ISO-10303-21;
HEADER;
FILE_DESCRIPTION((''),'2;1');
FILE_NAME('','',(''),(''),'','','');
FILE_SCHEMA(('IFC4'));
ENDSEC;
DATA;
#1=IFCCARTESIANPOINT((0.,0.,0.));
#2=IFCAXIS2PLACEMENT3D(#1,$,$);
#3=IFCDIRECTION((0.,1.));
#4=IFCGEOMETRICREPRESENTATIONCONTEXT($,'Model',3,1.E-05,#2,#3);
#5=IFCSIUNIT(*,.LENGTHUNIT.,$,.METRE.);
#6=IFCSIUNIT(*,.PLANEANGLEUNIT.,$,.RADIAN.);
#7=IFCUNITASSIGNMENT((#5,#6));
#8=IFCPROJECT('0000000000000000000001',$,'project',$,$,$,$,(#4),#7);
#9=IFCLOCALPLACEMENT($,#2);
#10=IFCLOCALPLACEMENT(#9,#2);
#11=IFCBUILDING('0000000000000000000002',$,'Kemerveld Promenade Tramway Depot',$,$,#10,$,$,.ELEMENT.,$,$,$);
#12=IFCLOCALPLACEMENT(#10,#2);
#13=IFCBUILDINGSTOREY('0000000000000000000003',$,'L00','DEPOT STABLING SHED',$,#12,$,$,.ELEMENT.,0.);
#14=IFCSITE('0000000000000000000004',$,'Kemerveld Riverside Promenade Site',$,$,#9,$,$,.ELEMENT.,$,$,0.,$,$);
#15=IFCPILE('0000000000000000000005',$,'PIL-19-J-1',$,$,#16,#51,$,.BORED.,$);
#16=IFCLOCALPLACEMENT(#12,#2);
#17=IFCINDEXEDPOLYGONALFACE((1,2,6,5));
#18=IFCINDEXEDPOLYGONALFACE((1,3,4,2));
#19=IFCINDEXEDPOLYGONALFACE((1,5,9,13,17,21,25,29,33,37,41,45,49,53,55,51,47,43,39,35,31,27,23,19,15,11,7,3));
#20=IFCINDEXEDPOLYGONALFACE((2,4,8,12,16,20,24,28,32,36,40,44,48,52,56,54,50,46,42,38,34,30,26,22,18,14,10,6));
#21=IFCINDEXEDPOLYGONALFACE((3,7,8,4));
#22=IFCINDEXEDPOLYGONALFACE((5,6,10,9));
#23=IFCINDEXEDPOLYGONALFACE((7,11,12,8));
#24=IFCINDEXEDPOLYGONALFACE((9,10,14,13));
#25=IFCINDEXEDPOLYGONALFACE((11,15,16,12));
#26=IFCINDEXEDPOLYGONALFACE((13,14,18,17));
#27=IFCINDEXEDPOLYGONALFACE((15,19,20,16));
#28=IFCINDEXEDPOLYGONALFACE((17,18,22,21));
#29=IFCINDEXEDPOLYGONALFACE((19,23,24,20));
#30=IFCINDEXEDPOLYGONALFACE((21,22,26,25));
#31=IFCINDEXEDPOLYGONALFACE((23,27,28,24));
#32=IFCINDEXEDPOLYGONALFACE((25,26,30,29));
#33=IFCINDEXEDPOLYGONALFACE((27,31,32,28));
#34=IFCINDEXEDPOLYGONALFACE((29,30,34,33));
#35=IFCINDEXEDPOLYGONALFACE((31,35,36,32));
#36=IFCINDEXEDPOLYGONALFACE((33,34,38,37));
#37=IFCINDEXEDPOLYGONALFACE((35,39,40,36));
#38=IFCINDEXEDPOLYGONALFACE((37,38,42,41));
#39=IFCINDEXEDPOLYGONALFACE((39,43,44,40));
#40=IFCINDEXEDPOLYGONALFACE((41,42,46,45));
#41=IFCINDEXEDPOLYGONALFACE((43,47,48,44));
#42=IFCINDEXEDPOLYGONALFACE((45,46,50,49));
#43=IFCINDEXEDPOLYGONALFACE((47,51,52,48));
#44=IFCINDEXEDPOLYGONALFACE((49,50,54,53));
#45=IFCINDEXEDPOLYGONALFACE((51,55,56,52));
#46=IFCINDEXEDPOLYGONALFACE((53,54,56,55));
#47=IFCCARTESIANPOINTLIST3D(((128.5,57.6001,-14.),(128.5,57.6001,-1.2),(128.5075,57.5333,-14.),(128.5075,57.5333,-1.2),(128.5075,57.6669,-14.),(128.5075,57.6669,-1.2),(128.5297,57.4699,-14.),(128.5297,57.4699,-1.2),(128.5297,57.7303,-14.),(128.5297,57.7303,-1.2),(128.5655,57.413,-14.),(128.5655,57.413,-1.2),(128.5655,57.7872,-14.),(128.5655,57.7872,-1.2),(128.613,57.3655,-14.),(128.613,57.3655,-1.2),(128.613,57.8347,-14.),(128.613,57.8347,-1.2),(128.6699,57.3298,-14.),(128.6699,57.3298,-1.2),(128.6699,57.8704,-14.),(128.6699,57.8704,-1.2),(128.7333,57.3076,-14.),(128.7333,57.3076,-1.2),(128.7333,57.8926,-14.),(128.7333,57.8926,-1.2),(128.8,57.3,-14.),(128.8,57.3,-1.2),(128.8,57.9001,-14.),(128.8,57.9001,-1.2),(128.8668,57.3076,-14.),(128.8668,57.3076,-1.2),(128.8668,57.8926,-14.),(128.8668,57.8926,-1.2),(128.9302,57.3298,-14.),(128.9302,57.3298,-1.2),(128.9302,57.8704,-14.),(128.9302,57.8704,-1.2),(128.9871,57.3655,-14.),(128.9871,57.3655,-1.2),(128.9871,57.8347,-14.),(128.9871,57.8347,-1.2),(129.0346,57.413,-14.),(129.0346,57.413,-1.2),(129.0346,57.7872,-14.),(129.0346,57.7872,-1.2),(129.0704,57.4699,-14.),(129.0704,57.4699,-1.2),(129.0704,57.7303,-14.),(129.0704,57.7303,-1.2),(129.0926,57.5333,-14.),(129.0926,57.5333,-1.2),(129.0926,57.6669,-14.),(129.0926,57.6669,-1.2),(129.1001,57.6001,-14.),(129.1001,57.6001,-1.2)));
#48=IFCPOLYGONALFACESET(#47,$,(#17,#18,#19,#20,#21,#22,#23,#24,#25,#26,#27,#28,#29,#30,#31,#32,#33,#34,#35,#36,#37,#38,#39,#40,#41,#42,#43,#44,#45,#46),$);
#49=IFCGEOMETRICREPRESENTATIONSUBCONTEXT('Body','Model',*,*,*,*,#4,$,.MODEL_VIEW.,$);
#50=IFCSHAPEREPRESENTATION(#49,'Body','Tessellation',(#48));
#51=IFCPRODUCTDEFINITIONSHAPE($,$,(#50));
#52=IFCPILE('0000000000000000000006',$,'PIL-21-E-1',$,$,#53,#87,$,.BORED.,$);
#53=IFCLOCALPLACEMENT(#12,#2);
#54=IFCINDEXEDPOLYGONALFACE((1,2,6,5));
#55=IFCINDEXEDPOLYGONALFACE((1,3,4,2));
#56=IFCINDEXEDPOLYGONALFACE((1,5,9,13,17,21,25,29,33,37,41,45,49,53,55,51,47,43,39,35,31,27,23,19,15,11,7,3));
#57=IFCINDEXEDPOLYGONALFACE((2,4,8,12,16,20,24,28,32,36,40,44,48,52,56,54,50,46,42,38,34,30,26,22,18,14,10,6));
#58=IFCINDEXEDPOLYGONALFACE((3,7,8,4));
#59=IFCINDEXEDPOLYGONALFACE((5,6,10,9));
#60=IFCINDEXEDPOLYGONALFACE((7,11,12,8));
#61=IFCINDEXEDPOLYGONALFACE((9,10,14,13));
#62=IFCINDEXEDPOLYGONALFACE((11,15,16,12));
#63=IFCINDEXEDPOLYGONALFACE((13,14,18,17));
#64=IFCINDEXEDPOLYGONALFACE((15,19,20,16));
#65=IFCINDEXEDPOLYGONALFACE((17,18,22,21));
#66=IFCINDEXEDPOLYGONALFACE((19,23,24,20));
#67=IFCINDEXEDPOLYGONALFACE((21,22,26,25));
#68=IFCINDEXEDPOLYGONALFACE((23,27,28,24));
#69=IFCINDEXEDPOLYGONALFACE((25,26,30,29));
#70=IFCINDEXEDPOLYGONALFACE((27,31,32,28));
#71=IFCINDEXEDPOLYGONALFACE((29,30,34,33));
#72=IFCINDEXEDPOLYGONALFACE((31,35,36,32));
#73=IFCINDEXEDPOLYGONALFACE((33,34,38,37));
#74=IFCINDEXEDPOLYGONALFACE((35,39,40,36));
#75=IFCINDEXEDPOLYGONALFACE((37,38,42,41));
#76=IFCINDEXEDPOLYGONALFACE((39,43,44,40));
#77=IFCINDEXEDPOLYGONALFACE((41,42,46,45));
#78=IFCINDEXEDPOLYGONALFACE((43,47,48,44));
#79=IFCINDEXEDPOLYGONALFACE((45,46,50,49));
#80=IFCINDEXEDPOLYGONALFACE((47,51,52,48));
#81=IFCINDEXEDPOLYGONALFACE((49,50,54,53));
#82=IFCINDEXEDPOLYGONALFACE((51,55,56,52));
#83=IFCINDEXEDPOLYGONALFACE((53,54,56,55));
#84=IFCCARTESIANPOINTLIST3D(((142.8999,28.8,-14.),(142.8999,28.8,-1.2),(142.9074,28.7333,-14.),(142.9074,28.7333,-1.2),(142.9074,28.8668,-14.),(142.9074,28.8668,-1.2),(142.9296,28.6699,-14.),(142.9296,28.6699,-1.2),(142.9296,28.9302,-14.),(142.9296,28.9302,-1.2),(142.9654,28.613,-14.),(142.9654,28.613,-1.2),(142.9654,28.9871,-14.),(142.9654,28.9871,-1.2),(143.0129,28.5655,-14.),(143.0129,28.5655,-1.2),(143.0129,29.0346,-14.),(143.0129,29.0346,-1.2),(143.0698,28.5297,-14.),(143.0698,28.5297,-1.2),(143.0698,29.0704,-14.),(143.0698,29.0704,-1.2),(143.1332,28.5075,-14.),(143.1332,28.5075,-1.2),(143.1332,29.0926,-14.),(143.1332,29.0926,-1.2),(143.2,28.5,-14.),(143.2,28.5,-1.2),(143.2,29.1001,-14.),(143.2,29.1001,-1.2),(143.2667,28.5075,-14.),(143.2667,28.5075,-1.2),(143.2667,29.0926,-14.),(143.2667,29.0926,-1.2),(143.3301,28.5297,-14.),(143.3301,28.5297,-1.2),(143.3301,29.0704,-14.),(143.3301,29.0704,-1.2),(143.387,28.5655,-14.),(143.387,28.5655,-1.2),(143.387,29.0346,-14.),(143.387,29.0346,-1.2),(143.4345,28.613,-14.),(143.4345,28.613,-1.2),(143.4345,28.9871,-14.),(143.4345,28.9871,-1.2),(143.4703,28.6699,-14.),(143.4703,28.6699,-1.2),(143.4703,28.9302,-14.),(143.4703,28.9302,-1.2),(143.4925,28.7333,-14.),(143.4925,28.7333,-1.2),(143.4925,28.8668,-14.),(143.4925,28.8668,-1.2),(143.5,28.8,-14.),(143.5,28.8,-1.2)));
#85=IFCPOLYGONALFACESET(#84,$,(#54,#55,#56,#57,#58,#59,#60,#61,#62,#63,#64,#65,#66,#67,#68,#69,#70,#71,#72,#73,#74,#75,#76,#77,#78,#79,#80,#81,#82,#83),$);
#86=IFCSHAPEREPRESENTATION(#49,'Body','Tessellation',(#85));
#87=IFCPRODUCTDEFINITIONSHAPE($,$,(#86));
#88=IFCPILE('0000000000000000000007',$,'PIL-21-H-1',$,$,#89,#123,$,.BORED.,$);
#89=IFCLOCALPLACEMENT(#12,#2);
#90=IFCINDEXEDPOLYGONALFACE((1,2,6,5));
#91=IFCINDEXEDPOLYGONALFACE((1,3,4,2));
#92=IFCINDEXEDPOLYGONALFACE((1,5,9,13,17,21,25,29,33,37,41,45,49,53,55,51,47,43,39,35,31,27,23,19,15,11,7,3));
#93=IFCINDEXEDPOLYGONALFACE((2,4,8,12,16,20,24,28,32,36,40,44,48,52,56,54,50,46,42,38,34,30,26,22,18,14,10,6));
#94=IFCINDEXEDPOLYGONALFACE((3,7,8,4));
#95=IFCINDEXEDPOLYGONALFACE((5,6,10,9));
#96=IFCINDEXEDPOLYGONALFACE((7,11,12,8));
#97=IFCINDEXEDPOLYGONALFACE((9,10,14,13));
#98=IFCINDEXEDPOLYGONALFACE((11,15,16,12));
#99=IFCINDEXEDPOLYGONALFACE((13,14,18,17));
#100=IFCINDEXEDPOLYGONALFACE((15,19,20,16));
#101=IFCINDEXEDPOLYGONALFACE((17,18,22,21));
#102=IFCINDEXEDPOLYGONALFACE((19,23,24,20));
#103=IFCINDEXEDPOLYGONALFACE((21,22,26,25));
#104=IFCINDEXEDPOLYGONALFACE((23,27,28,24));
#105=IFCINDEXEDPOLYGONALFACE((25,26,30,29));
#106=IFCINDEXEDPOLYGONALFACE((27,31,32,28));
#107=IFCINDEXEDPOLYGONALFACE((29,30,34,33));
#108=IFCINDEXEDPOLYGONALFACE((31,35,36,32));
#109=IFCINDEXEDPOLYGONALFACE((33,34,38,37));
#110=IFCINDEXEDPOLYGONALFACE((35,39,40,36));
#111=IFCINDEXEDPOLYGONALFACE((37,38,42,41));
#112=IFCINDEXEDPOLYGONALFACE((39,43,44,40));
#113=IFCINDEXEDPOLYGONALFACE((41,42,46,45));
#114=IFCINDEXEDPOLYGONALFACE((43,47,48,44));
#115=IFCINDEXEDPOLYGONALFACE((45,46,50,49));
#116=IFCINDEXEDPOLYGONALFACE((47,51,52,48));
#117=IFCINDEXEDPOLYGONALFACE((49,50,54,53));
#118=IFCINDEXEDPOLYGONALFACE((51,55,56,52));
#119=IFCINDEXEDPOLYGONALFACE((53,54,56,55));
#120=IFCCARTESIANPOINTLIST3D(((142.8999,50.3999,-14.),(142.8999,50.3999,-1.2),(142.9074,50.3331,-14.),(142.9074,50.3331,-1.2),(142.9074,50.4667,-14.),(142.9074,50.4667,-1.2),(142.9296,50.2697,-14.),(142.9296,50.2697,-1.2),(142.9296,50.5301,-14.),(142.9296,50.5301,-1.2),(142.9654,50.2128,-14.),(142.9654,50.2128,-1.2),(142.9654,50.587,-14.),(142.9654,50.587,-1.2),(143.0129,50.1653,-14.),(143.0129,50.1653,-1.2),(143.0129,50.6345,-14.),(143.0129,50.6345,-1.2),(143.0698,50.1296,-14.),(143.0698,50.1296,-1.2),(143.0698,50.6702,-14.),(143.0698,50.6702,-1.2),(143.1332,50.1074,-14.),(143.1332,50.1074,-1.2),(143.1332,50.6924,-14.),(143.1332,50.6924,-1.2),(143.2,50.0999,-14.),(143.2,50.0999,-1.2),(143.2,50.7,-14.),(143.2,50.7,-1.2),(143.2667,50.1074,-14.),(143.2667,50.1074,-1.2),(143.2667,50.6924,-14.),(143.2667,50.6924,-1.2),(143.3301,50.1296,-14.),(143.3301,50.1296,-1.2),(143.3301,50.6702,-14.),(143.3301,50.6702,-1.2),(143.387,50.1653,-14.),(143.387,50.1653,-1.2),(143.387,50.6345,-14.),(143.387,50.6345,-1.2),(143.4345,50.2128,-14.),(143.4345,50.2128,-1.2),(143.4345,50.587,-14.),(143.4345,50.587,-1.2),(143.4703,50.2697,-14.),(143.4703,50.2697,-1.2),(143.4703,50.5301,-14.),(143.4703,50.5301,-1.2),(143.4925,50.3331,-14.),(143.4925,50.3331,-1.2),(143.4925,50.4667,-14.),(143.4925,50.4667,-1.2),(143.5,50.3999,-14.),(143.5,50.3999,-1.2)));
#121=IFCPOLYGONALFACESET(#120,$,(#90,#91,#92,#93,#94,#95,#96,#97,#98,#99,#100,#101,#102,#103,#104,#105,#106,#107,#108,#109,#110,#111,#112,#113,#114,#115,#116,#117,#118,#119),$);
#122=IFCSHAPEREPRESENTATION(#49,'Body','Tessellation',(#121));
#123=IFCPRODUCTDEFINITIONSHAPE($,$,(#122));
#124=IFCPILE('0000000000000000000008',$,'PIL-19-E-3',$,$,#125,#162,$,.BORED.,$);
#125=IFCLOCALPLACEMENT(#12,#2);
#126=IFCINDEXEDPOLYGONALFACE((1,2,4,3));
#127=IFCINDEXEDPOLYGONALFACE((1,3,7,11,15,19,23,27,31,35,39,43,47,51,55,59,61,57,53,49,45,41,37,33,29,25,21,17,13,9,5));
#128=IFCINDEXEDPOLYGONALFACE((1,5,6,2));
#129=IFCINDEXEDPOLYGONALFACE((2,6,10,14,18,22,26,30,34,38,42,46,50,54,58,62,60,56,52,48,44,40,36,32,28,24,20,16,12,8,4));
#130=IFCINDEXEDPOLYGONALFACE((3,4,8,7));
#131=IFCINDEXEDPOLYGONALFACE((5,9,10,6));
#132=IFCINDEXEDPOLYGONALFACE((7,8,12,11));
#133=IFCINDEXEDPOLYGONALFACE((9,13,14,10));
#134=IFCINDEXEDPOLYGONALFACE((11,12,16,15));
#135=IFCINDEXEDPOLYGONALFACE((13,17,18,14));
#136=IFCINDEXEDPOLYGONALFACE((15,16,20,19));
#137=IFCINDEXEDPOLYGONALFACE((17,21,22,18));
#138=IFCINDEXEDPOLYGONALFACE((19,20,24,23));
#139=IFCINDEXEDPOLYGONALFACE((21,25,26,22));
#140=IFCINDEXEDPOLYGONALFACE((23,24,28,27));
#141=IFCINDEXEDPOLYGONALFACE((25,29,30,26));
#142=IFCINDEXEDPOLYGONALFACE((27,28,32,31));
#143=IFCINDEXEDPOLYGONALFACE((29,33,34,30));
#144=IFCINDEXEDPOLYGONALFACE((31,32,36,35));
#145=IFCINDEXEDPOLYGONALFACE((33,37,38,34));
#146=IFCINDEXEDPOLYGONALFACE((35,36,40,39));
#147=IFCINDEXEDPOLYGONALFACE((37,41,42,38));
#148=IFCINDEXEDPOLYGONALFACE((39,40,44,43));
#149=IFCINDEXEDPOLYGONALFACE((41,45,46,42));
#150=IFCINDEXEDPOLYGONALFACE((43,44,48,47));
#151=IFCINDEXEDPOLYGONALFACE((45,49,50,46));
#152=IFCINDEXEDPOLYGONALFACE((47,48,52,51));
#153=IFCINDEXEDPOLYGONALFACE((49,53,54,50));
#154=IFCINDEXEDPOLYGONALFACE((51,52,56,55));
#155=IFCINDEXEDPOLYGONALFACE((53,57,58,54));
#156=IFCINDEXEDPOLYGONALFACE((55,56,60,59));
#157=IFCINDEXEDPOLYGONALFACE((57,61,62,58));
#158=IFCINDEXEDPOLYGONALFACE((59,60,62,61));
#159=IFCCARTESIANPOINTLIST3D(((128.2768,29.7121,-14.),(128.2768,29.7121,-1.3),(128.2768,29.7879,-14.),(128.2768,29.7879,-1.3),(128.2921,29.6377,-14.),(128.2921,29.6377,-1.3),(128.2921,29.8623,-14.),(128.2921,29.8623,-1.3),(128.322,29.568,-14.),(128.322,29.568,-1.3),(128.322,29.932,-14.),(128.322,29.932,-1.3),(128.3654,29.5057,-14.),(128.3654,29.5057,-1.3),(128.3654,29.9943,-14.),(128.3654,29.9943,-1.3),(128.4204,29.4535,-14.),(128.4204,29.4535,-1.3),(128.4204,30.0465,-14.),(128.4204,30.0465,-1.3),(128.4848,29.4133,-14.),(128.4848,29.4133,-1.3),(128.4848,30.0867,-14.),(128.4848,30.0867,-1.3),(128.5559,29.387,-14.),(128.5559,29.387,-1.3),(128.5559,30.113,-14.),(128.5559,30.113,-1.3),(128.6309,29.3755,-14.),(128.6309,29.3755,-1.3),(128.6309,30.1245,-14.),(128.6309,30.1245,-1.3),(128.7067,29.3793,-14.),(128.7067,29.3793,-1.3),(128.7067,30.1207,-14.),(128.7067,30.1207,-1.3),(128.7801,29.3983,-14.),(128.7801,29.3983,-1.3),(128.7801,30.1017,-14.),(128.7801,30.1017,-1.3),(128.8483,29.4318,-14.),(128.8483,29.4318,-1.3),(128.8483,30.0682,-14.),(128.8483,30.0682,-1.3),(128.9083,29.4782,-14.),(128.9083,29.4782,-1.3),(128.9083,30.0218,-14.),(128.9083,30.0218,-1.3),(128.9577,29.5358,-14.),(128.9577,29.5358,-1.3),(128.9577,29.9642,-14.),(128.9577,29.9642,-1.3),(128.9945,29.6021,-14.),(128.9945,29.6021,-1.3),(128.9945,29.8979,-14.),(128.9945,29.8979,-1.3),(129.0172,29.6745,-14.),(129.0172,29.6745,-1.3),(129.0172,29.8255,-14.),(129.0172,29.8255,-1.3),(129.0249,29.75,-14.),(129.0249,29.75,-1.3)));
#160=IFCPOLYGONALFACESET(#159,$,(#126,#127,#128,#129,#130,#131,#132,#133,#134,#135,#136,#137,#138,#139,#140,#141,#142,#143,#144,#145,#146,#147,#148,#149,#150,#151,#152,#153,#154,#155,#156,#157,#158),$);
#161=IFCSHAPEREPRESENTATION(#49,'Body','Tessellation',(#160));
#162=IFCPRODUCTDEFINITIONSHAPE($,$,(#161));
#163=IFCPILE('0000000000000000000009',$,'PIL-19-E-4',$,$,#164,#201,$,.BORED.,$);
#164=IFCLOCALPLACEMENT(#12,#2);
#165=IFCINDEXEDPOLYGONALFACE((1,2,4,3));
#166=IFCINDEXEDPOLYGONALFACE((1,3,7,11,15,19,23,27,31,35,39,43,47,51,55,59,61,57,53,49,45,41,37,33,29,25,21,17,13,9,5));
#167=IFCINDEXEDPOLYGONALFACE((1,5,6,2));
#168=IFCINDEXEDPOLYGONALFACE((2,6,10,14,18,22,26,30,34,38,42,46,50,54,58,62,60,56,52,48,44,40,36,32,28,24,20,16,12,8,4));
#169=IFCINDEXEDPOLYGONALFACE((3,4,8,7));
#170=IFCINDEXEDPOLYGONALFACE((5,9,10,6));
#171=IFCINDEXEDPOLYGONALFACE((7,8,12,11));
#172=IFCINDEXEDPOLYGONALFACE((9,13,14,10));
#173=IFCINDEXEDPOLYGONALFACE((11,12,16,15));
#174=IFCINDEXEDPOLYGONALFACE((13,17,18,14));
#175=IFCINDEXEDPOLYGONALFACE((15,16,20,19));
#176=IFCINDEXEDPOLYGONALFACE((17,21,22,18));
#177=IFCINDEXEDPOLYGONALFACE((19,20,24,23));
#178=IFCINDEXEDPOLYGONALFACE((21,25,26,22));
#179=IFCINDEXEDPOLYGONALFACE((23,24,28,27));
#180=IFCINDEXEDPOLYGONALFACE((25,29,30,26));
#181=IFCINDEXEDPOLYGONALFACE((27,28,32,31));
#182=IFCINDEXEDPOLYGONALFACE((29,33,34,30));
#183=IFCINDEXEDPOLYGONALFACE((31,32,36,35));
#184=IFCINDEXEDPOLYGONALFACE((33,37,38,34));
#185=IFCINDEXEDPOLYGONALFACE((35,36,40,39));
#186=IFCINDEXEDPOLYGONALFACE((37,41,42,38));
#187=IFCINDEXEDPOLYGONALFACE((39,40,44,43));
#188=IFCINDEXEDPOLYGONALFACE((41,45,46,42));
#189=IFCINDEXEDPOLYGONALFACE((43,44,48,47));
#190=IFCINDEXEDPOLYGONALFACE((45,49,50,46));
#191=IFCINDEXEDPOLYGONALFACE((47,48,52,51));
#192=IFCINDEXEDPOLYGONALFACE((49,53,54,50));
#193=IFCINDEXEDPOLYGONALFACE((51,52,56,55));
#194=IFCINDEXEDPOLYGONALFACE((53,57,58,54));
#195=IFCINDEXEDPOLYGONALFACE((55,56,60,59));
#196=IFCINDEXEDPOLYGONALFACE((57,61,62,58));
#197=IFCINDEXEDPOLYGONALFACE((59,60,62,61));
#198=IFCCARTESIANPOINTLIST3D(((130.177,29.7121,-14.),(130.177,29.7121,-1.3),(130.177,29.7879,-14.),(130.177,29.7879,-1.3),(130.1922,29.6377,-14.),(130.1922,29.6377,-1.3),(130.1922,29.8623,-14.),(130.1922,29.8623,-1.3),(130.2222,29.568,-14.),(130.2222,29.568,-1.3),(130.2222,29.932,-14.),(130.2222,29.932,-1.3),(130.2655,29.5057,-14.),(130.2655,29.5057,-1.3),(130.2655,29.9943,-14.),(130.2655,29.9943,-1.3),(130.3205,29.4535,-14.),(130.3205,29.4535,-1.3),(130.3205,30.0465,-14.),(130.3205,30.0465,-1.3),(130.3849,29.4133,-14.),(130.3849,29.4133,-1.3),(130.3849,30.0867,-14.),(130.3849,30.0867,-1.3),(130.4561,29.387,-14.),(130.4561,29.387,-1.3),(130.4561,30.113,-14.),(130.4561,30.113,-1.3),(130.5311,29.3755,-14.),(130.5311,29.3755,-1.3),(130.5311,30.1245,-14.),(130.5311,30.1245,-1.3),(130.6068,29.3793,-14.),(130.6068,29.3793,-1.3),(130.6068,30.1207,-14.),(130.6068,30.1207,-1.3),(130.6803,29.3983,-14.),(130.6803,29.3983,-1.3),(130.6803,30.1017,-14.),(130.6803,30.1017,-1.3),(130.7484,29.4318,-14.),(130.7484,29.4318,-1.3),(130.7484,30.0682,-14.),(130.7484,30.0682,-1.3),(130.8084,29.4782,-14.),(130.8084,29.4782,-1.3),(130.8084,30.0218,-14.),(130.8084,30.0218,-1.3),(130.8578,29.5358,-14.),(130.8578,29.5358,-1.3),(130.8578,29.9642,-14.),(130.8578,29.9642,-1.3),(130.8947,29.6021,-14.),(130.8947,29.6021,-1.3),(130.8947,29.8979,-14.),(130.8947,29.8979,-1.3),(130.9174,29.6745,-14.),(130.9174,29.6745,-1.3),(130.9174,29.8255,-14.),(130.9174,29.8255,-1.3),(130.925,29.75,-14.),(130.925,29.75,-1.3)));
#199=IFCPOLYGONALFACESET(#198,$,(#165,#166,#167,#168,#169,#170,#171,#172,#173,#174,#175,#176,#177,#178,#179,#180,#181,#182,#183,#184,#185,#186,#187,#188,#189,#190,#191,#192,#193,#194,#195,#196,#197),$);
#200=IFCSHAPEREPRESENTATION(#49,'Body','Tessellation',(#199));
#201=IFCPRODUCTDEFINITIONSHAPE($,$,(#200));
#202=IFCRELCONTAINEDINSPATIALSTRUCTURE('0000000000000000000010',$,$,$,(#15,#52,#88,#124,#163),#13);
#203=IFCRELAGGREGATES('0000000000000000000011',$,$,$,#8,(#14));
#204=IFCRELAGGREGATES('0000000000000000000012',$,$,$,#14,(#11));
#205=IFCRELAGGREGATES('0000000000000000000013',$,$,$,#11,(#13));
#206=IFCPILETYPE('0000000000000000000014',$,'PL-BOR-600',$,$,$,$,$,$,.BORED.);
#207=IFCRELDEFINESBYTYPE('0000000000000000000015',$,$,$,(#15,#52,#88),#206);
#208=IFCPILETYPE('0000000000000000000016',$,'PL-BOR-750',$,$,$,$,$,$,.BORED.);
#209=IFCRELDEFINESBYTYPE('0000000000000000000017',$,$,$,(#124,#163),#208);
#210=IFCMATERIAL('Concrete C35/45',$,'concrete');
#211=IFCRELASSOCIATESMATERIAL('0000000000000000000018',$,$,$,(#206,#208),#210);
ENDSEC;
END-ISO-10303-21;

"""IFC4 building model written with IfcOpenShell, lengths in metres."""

from ifc_helpers import new_model, si_unit, direction, frame, origin, origin_2d, place, context, subcontext, project, spatial, circle, extrude, material, material_profile, profile_set, type_object, element, save


model = new_model("IFC4")

# Units and contexts
model_context = context("Model", 3, precision=1e-05, world=origin(), true_north=direction((0.0, 1.0)))
body_context = subcontext(model_context, "Body", "Model", "MODEL_VIEW")
ifc_project = project(units=[si_unit("LENGTHUNIT", "METRE"), si_unit("PLANEANGLEUNIT", "RADIAN")], contexts=[model_context])

# Site, building, storey
site_placement = place(None, origin())
site = spatial("IfcSite", under=ifc_project, at=site_placement, Name="Kemerveld Riverside Promenade Site", CompositionType="ELEMENT", RefElevation=0.0)
building_placement = place(site_placement, origin())
building = spatial("IfcBuilding", under=site, at=building_placement, Name="Kemerveld Promenade Tramway Depot", CompositionType="ELEMENT")
storey_placement = place(building_placement, origin())
storey = spatial("IfcBuildingStorey", under=building, at=storey_placement, Name="L00", Description="DEPOT STABLING SHED", CompositionType="ELEMENT", Elevation=0.0)

# Shared definitions
ifc_material_1 = material(Name="Concrete C35/45", Category="concrete")

# Piles
ifc_material_profile_1 = material_profile(ifc_material_1, circle(Radius=0.3, at=origin_2d()), Name="PILE-D600")
ifc_profile_set_1 = profile_set([ifc_material_profile_1], Name="Concrete C35/45")
pile_type_1 = type_object("IfcPileType", Name="PL-BOR-600", PredefinedType="BORED", material=ifc_profile_set_1)
for number, where, z_axis, x_axis, name in (
    (1, (128.8, 57.6001, -1.2), (0.0, 0.0, -1.0), (1.0, 0.0, 0.0), "PIL-19-J-1"),
    (2, (143.2, 28.8, -1.2), (0.0, 0.0, -1.0), (1.0, 0.0, 0.0), "PIL-21-E-1"),
    (3, (143.2, 50.3999, -1.2), (0.0, 0.0, -1.0), (1.0, 0.0, 0.0), "PIL-21-H-1"),
):
    element("IfcPile", number, at=place(storey_placement, frame(where, z_axis=z_axis, x_axis=x_axis)), inside=storey, type_object=pile_type_1, Name=name, PredefinedType="BORED", context=body_context, shape_type="SweptSolid", body=[
        extrude(circle(Radius=0.3, at=origin_2d()), origin(), (0.0, 0.0, 1.0), 12.8),
    ])
ifc_material_profile_2 = material_profile(ifc_material_1, circle(Radius=0.375, at=origin_2d()), Name="PILE-D750")
ifc_profile_set_2 = profile_set([ifc_material_profile_2], Name="Concrete C35/45")
pile_type_2 = type_object("IfcPileType", Name="PL-BOR-750", PredefinedType="BORED", material=ifc_profile_set_2)
for number, where, z_axis, x_axis, name in (
    (4, (128.6499, 29.75, -1.3), (0.0, 0.0, -1.0), (1.0, 0.0, 0.0), "PIL-19-E-3"),
    (5, (130.55, 29.75, -1.3), (0.0, 0.0, -1.0), (1.0, 0.0, 0.0), "PIL-19-E-4"),
):
    element("IfcPile", number, at=place(storey_placement, frame(where, z_axis=z_axis, x_axis=x_axis)), inside=storey, type_object=pile_type_2, Name=name, PredefinedType="BORED", context=body_context, shape_type="SweptSolid", body=[
        extrude(circle(Radius=0.375, at=origin_2d()), origin(), (0.0, 0.0, 1.0), 12.7),
    ])

save(model, "model.ifc")
